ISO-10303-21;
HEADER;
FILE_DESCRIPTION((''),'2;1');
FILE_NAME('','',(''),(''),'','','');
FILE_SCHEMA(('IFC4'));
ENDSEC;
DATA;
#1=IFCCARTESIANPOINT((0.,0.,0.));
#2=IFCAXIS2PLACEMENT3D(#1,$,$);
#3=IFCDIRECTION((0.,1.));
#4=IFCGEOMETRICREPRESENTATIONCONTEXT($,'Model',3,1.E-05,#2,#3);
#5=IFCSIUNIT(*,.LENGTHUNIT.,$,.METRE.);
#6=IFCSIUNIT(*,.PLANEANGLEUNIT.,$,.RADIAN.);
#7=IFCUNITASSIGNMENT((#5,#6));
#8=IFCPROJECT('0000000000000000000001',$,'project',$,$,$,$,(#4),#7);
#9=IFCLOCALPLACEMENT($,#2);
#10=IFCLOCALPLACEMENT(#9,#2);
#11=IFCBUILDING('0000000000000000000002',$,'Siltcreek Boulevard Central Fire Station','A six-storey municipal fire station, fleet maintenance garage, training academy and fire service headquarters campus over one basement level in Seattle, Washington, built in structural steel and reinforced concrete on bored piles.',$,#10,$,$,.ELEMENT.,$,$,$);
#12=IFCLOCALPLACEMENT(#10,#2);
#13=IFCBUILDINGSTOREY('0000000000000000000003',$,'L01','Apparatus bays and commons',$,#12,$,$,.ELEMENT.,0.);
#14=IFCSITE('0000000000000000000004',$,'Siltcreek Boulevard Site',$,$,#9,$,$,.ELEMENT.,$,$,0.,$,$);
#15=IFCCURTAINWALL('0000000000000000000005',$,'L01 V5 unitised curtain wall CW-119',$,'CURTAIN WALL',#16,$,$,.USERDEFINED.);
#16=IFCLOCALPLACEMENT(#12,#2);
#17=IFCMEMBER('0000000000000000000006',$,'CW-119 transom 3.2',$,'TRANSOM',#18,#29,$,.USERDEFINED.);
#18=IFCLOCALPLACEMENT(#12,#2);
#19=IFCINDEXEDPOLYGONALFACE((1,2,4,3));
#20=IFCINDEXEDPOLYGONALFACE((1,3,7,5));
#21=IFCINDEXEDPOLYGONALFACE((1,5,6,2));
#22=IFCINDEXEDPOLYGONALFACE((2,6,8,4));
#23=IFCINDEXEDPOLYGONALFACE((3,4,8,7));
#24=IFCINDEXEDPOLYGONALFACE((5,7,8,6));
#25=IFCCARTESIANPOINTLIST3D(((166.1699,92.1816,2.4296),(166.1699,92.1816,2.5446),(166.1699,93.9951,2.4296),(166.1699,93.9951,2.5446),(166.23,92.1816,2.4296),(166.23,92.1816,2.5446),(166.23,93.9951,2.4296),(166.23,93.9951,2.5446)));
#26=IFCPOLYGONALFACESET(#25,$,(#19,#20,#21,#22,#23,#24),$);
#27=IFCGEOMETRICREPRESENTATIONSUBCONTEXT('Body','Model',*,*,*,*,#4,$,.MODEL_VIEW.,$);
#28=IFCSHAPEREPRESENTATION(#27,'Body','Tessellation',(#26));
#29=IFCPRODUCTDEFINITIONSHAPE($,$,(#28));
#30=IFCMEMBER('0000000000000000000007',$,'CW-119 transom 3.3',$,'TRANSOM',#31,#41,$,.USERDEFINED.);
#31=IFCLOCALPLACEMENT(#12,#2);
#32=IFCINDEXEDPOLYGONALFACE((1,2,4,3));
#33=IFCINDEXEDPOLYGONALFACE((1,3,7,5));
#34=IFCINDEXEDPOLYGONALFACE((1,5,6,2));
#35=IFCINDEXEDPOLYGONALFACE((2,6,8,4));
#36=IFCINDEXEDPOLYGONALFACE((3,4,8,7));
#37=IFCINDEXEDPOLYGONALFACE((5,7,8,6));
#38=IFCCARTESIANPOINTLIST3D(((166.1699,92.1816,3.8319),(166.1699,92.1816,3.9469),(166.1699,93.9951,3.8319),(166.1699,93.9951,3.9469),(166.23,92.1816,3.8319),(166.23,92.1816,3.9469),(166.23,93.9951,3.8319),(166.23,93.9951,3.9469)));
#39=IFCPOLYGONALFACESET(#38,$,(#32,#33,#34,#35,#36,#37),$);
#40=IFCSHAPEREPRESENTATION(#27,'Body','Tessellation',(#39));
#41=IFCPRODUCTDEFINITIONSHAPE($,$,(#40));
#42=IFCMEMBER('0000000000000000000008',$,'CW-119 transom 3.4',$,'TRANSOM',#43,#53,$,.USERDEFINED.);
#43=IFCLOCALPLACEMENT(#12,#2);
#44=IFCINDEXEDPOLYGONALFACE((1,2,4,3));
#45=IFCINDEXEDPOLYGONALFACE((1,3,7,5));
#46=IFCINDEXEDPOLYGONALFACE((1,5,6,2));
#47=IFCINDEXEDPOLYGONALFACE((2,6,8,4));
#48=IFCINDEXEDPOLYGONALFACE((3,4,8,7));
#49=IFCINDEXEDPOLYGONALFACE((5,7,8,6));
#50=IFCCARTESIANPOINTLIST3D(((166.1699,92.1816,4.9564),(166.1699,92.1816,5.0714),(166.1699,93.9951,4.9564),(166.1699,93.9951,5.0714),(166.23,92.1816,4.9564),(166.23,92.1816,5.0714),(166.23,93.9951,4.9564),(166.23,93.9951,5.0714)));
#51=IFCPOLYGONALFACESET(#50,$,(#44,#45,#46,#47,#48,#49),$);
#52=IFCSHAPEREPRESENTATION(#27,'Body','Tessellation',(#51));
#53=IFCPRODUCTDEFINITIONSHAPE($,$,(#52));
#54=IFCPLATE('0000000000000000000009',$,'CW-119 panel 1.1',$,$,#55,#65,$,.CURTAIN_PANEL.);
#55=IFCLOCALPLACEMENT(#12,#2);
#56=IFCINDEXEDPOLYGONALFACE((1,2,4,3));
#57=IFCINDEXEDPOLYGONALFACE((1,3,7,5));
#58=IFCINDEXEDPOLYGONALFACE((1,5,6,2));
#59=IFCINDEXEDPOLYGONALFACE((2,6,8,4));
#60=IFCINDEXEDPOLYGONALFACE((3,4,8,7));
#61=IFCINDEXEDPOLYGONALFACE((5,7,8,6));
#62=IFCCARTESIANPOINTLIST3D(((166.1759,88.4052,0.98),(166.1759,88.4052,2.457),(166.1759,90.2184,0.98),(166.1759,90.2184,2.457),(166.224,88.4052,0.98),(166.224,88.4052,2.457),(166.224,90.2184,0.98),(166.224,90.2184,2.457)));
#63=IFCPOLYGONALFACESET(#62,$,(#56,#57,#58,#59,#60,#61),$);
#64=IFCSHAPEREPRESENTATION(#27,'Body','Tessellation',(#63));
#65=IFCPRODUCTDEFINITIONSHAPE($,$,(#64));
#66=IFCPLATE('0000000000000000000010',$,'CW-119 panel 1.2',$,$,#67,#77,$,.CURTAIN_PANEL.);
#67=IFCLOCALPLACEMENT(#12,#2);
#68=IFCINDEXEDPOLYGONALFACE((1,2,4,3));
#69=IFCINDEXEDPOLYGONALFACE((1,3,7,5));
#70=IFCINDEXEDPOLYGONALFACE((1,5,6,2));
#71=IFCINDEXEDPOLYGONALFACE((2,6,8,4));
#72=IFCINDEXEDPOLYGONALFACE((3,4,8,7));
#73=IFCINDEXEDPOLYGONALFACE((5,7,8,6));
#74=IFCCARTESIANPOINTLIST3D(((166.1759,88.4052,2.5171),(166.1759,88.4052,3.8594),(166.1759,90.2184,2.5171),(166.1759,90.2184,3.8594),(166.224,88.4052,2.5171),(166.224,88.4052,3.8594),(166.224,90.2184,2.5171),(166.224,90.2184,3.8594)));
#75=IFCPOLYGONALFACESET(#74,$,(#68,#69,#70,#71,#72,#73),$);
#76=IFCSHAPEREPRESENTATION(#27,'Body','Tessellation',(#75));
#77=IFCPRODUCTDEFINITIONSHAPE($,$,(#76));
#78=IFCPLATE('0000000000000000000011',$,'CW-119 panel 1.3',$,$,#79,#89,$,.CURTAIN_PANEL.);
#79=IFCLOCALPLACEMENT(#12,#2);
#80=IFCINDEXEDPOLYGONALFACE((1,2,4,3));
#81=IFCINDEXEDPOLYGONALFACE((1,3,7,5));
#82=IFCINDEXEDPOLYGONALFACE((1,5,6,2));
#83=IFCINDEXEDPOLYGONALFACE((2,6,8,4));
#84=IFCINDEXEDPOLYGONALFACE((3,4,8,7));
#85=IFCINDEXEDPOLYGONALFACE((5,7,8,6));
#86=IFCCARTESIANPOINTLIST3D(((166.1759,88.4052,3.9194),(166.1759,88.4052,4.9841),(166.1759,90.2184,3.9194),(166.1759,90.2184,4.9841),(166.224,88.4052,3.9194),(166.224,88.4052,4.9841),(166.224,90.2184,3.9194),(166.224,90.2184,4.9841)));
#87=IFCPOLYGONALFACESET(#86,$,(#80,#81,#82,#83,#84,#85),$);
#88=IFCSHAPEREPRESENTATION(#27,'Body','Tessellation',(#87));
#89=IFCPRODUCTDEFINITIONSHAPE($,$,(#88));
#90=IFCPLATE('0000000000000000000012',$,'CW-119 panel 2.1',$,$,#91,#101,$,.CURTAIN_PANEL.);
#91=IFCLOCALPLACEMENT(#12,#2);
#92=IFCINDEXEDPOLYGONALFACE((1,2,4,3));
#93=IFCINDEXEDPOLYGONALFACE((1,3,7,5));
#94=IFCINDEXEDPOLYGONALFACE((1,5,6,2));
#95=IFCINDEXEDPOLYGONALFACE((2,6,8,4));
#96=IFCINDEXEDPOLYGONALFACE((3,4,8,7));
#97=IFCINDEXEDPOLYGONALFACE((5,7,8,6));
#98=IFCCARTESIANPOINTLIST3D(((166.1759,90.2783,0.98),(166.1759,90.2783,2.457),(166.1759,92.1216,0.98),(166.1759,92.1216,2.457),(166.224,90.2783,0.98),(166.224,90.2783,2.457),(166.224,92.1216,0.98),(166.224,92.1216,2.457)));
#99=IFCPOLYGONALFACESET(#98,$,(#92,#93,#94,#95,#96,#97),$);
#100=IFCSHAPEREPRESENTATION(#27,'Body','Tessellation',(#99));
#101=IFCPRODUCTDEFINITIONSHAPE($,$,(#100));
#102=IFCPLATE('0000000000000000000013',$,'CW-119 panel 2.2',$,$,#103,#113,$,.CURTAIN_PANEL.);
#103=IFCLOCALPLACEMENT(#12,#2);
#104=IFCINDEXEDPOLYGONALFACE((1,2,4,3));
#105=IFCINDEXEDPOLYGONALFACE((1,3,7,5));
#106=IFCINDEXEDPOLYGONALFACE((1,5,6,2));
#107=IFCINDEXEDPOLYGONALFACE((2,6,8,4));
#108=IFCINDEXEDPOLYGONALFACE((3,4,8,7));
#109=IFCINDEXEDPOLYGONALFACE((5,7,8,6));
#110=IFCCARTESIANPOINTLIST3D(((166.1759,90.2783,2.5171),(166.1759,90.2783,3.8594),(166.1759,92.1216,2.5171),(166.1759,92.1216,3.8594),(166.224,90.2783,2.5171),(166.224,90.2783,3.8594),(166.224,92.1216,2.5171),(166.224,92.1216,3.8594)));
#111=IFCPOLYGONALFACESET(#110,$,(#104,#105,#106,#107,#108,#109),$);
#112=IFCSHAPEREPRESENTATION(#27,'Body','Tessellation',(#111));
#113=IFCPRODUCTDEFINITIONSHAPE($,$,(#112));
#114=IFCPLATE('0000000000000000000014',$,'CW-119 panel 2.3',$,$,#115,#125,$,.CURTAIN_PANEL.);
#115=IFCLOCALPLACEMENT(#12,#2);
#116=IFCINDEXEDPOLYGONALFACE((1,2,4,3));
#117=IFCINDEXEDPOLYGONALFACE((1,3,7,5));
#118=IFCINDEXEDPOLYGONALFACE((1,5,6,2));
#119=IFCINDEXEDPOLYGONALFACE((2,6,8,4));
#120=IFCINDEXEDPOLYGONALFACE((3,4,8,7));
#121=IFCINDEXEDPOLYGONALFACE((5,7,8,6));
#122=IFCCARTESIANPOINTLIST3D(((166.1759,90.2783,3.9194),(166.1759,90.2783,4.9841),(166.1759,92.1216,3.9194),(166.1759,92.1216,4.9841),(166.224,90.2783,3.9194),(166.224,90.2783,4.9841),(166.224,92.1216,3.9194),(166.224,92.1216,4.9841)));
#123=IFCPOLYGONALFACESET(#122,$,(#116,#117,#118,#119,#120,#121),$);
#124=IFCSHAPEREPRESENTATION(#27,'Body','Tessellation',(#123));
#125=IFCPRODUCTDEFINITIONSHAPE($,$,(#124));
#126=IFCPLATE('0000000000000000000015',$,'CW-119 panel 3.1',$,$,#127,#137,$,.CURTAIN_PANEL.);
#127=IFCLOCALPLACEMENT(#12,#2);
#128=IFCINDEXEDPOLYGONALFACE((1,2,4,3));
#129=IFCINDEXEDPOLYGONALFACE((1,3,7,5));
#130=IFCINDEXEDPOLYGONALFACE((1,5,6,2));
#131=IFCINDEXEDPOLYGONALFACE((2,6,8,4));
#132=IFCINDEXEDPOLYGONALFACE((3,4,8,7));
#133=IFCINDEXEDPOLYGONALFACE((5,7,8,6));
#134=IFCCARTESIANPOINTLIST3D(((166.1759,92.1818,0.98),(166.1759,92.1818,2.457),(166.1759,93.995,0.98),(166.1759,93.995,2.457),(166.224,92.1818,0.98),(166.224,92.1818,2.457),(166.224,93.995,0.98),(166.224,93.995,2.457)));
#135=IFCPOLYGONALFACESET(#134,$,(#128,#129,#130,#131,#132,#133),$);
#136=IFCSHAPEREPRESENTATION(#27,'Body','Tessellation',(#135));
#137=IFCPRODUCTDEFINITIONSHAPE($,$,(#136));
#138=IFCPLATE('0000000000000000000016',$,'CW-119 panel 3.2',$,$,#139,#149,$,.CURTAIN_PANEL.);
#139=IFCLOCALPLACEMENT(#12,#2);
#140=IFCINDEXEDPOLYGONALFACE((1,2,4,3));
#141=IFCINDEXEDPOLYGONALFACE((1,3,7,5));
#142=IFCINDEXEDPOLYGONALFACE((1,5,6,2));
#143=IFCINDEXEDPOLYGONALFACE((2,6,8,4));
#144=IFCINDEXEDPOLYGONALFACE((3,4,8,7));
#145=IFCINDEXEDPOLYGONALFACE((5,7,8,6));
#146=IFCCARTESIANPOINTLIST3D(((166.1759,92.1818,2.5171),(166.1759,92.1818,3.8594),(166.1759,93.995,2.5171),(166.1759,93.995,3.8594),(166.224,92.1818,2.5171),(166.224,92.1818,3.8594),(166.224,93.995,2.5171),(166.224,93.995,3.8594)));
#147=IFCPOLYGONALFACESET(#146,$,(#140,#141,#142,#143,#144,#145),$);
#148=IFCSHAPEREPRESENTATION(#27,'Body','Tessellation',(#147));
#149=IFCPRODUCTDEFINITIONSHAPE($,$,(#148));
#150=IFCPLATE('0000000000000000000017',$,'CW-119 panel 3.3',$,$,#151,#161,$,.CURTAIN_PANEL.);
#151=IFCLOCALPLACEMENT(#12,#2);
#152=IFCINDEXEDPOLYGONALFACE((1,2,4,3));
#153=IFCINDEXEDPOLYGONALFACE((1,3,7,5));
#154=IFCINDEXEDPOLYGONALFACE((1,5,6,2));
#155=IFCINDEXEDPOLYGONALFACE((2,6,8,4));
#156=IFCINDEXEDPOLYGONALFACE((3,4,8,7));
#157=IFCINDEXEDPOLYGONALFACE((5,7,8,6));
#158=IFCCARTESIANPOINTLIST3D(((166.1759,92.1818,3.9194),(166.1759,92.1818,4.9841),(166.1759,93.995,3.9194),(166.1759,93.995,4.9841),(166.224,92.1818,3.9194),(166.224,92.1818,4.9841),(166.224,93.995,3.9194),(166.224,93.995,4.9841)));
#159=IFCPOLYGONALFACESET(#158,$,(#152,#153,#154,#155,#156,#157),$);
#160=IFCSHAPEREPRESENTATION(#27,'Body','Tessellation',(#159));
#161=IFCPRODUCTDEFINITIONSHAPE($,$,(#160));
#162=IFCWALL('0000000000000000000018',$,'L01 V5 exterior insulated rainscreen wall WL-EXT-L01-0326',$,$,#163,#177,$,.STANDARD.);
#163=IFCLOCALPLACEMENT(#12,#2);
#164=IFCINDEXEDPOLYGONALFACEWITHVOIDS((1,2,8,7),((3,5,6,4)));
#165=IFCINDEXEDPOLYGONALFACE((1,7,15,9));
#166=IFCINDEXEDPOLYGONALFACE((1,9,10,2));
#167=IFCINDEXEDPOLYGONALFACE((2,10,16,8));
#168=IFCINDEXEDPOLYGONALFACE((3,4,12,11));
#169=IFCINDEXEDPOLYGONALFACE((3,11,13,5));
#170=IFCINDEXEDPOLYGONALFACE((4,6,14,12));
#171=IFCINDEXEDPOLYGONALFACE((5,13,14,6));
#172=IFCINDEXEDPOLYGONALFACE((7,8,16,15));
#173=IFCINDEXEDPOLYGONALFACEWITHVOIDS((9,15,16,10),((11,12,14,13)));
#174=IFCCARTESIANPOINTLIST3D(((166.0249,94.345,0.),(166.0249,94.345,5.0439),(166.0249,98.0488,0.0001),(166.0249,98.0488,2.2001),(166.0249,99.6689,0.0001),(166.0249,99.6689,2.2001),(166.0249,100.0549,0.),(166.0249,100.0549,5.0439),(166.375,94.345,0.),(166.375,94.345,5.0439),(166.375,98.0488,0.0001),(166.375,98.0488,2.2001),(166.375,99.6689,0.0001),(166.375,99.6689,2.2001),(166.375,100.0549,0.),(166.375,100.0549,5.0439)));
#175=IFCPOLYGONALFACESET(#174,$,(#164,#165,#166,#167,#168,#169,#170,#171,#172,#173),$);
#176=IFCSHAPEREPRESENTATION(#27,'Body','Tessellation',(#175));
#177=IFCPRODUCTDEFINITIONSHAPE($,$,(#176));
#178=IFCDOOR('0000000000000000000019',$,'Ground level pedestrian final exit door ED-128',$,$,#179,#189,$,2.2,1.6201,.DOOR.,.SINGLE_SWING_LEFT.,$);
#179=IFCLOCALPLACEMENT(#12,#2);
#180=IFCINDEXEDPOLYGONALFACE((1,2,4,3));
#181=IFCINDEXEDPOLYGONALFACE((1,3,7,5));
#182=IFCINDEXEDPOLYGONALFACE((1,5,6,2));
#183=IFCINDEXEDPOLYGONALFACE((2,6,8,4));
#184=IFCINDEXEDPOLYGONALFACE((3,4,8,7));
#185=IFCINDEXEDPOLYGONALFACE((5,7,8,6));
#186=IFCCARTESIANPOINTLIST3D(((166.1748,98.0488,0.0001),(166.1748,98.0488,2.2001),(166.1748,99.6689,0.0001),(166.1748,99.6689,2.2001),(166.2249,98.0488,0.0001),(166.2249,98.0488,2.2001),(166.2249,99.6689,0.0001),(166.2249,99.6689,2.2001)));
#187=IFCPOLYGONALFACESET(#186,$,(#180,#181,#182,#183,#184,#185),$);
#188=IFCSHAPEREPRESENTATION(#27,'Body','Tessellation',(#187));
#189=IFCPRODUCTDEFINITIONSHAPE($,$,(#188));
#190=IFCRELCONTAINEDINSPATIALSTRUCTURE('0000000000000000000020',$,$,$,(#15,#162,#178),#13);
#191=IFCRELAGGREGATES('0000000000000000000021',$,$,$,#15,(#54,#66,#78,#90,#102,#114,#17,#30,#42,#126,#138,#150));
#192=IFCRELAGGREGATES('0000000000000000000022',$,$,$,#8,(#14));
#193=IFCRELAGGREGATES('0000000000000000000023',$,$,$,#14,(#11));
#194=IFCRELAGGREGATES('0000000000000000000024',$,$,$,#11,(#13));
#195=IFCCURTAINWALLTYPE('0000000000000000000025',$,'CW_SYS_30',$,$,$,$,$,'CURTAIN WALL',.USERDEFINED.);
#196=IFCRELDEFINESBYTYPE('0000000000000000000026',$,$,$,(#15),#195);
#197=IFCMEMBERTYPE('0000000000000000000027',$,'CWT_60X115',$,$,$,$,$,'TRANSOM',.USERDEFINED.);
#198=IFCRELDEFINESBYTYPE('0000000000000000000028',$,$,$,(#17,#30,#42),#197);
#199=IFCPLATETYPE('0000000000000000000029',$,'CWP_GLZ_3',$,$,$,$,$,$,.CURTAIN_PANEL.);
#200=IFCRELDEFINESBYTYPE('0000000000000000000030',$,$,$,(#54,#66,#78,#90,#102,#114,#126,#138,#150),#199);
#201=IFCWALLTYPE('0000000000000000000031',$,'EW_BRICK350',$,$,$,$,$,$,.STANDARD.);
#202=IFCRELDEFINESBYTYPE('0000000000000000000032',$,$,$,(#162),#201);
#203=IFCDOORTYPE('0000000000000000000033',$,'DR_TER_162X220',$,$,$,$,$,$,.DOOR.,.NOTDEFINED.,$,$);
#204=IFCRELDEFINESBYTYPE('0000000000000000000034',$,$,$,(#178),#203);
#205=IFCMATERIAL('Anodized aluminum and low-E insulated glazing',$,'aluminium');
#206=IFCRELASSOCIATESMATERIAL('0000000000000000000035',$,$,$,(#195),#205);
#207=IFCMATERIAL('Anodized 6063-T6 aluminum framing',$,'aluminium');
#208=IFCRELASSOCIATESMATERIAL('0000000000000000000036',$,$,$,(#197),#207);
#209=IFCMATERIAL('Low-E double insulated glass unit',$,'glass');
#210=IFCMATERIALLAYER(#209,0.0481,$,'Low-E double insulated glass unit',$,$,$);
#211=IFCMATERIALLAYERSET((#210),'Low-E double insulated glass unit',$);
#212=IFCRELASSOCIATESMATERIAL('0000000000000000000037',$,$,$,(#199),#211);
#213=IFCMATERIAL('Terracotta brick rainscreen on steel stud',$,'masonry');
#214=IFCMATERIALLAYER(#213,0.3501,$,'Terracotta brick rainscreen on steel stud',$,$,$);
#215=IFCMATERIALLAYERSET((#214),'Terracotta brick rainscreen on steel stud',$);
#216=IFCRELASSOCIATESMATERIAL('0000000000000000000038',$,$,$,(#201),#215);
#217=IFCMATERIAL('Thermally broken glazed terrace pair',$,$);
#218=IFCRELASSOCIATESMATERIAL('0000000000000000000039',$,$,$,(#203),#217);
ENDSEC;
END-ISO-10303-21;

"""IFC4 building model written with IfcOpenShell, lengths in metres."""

from ifc_helpers import new_model, si_unit, direction, frame, frame_2d, origin, origin_2d, place, context, subcontext, project, spatial, rectangle, extrude, material, layer, layer_set, material_profile, profile_set, type_object, element, fill, aggregate, save


model = new_model("IFC4")

# Units and contexts
model_context = context("Model", 3, precision=1e-05, world=origin(), true_north=direction((0.0, 1.0)))
body_context = subcontext(model_context, "Body", "Model", "MODEL_VIEW")
ifc_project = project(units=[si_unit("LENGTHUNIT", "METRE"), si_unit("PLANEANGLEUNIT", "RADIAN")], contexts=[model_context])

# Site, building, storey
site_placement = place(None, origin())
site = spatial("IfcSite", under=ifc_project, at=site_placement, Name="Siltcreek Boulevard Site", CompositionType="ELEMENT", RefElevation=0.0)
building_placement = place(site_placement, origin())
building = spatial("IfcBuilding", under=site, at=building_placement, Name="Siltcreek Boulevard Central Fire Station", Description="A six-storey municipal fire station, fleet maintenance garage, training academy and fire service headquarters campus over one basement level in Seattle, Washington, built in structural steel and reinforced concrete on bored piles.", CompositionType="ELEMENT")
storey_placement = place(building_placement, origin())
storey = spatial("IfcBuildingStorey", under=building, at=storey_placement, Name="L01", Description="Apparatus bays and commons", CompositionType="ELEMENT", Elevation=0.0)

# Curtain wall, members, plates
ifc_material_1 = material(Name="Anodized aluminum and low-E insulated glazing", Category="aluminium")
curtain_wall_type = type_object("IfcCurtainWallType", Name="CW_SYS_30", ElementType="CURTAIN WALL", PredefinedType="USERDEFINED", material=ifc_material_1)
curtain_wall_placement = place(storey_placement, origin())
curtain_wall = element("IfcCurtainWall", 1, at=curtain_wall_placement, inside=storey, type_object=curtain_wall_type, Name="L01 V5 unitised curtain wall CW-119", ObjectType="CURTAIN WALL", PredefinedType="USERDEFINED")
ifc_material_2 = material(Name="Anodized 6063-T6 aluminum framing", Category="aluminium")
ifc_material_profile_1 = material_profile(ifc_material_2, rectangle(XDim=0.0601, YDim=0.115, at=origin_2d()), Name="TRAN60X115")
ifc_profile_set_1 = profile_set([ifc_material_profile_1], Name="Anodized 6063-T6 aluminum framing")
member_type_1 = type_object("IfcMemberType", Name="CWT_60X115", ElementType="TRANSOM", PredefinedType="USERDEFINED", material=ifc_profile_set_1)
member_1_placement = place(storey_placement, frame((166.2, 92.1816, 2.4871), z_axis=(0.0, 1.0, 0.0), x_axis=(-1.0, 0.0, 0.0)))
member_1 = element("IfcMember", 2, at=member_1_placement, type_object=member_type_1, Name="CW-119 transom 3.2", ObjectType="TRANSOM", PredefinedType="USERDEFINED", context=body_context, shape_type="SweptSolid", body=[
    extrude(rectangle(XDim=0.0601, YDim=0.115, at=origin_2d()), origin(), (0.0, 0.0, 1.0), 1.8135),
])
member_2_placement = place(storey_placement, frame((166.2, 92.1816, 3.8894), z_axis=(0.0, 1.0, 0.0), x_axis=(-1.0, 0.0, 0.0)))
member_2 = element("IfcMember", 3, at=member_2_placement, type_object=member_type_1, Name="CW-119 transom 3.3", ObjectType="TRANSOM", PredefinedType="USERDEFINED", context=body_context, shape_type="SweptSolid", body=[
    extrude(rectangle(XDim=0.0601, YDim=0.115, at=origin_2d()), origin(), (0.0, 0.0, 1.0), 1.8135),
])
member_3_placement = place(storey_placement, frame((166.2, 92.1816, 5.0139), z_axis=(0.0, 1.0, 0.0), x_axis=(-1.0, 0.0, 0.0)))
member_3 = element("IfcMember", 4, at=member_3_placement, type_object=member_type_1, Name="CW-119 transom 3.4", ObjectType="TRANSOM", PredefinedType="USERDEFINED", context=body_context, shape_type="SweptSolid", body=[
    extrude(rectangle(XDim=0.0601, YDim=0.115, at=origin_2d()), origin(), (0.0, 0.0, 1.0), 1.8135),
])
ifc_material_3 = material(Name="Low-E double insulated glass unit", Category="glass")
ifc_layer_1 = layer(ifc_material_3, 0.0481, Name="Low-E double insulated glass unit")
ifc_layer_set_1 = layer_set([ifc_layer_1], Name="Low-E double insulated glass unit")
plate_type = type_object("IfcPlateType", Name="CWP_GLZ_3", PredefinedType="CURTAIN_PANEL", material=ifc_layer_set_1)
plate_1_placement = place(storey_placement, frame((166.2, 89.3118, 0.98), z_axis=(0.0, 0.0, 1.0), x_axis=(0.0, 1.0, 0.0)))
plate_1 = element("IfcPlate", 5, at=plate_1_placement, type_object=plate_type, Name="CW-119 panel 1.1", PredefinedType="CURTAIN_PANEL", context=body_context, shape_type="SweptSolid", body=[
    extrude(rectangle(XDim=1.8132, YDim=0.0481, at=origin_2d()), origin(), (0.0, 0.0, 1.0), 1.4771),
])
plate_2_placement = place(storey_placement, frame((166.2, 89.3118, 2.5171), z_axis=(0.0, 0.0, 1.0), x_axis=(0.0, 1.0, 0.0)))
plate_2 = element("IfcPlate", 6, at=plate_2_placement, type_object=plate_type, Name="CW-119 panel 1.2", PredefinedType="CURTAIN_PANEL", context=body_context, shape_type="SweptSolid", body=[
    extrude(rectangle(XDim=1.8132, YDim=0.0481, at=origin_2d()), origin(), (0.0, 0.0, 1.0), 1.3423),
])
plate_3_placement = place(storey_placement, frame((166.2, 89.3118, 3.9194), z_axis=(0.0, 0.0, 1.0), x_axis=(0.0, 1.0, 0.0)))
plate_3 = element("IfcPlate", 7, at=plate_3_placement, type_object=plate_type, Name="CW-119 panel 1.3", PredefinedType="CURTAIN_PANEL", context=body_context, shape_type="SweptSolid", body=[
    extrude(rectangle(XDim=1.8132, YDim=0.0481, at=origin_2d()), origin(), (0.0, 0.0, 1.0), 1.0647),
])
plate_4_placement = place(storey_placement, frame((166.2, 91.2, 0.98), z_axis=(0.0, 0.0, 1.0), x_axis=(0.0, 1.0, 0.0)))
plate_4 = element("IfcPlate", 8, at=plate_4_placement, type_object=plate_type, Name="CW-119 panel 2.1", PredefinedType="CURTAIN_PANEL", context=body_context, shape_type="SweptSolid", body=[
    extrude(rectangle(XDim=1.8433, YDim=0.0481, at=origin_2d()), origin(), (0.0, 0.0, 1.0), 1.4771),
])
plate_5_placement = place(storey_placement, frame((166.2, 91.2, 2.5171), z_axis=(0.0, 0.0, 1.0), x_axis=(0.0, 1.0, 0.0)))
plate_5 = element("IfcPlate", 9, at=plate_5_placement, type_object=plate_type, Name="CW-119 panel 2.2", PredefinedType="CURTAIN_PANEL", context=body_context, shape_type="SweptSolid", body=[
    extrude(rectangle(XDim=1.8433, YDim=0.0481, at=origin_2d()), origin(), (0.0, 0.0, 1.0), 1.3423),
])
plate_6_placement = place(storey_placement, frame((166.2, 91.2, 3.9194), z_axis=(0.0, 0.0, 1.0), x_axis=(0.0, 1.0, 0.0)))
plate_6 = element("IfcPlate", 10, at=plate_6_placement, type_object=plate_type, Name="CW-119 panel 2.3", PredefinedType="CURTAIN_PANEL", context=body_context, shape_type="SweptSolid", body=[
    extrude(rectangle(XDim=1.8433, YDim=0.0481, at=origin_2d()), origin(), (0.0, 0.0, 1.0), 1.0647),
])
plate_7_placement = place(storey_placement, frame((166.2, 93.0884, 0.98), z_axis=(0.0, 0.0, 1.0), x_axis=(0.0, 1.0, 0.0)))
plate_7 = element("IfcPlate", 11, at=plate_7_placement, type_object=plate_type, Name="CW-119 panel 3.1", PredefinedType="CURTAIN_PANEL", context=body_context, shape_type="SweptSolid", body=[
    extrude(rectangle(XDim=1.8132, YDim=0.0481, at=origin_2d()), origin(), (0.0, 0.0, 1.0), 1.4771),
])
plate_8_placement = place(storey_placement, frame((166.2, 93.0884, 2.5171), z_axis=(0.0, 0.0, 1.0), x_axis=(0.0, 1.0, 0.0)))
plate_8 = element("IfcPlate", 12, at=plate_8_placement, type_object=plate_type, Name="CW-119 panel 3.2", PredefinedType="CURTAIN_PANEL", context=body_context, shape_type="SweptSolid", body=[
    extrude(rectangle(XDim=1.8132, YDim=0.0481, at=origin_2d()), origin(), (0.0, 0.0, 1.0), 1.3423),
])
plate_9_placement = place(storey_placement, frame((166.2, 93.0884, 3.9194), z_axis=(0.0, 0.0, 1.0), x_axis=(0.0, 1.0, 0.0)))
plate_9 = element("IfcPlate", 13, at=plate_9_placement, type_object=plate_type, Name="CW-119 panel 3.3", PredefinedType="CURTAIN_PANEL", context=body_context, shape_type="SweptSolid", body=[
    extrude(rectangle(XDim=1.8132, YDim=0.0481, at=origin_2d()), origin(), (0.0, 0.0, 1.0), 1.0647),
])
aggregate(curtain_wall, [plate_1, plate_2, plate_3, plate_4, plate_5, plate_6, member_1, member_2, member_3, plate_7, plate_8, plate_9])

# Wall, opening, door
ifc_material_4 = material(Name="Terracotta brick rainscreen on steel stud", Category="masonry")
ifc_layer_2 = layer(ifc_material_4, 0.3501, Name="Terracotta brick rainscreen on steel stud")
ifc_layer_set_2 = layer_set([ifc_layer_2], Name="Terracotta brick rainscreen on steel stud")
wall_type_1 = type_object("IfcWallType", Name="EW_BRICK350", PredefinedType="STANDARD", material=ifc_layer_set_2)
wall_1_placement = place(storey_placement, frame((166.2, 94.345, 0.0), z_axis=(0.0, 0.0, 1.0), x_axis=(0.0, 1.0, 0.0)))
wall_1 = element("IfcWall", 14, at=wall_1_placement, inside=storey, type_object=wall_type_1, Name="L01 V5 exterior insulated rainscreen wall WL-EXT-L01-0326", PredefinedType="STANDARD", context=body_context, shape_type="SweptSolid", body=[
    extrude(rectangle(XDim=5.71, YDim=0.3501, at=frame_2d((2.855, 0.0))), origin(), (0.0, 0.0, 1.0), 5.0439),
])
opening_placement = place(wall_1_placement, frame((3.7039, 0.0, 0.0)))
opening = element("IfcOpeningElement", 15, at=opening_placement, cuts=wall_1, PredefinedType="OPENING", context=body_context, shape_type="SweptSolid", body=[
    extrude(rectangle(XDim=1.6201, YDim=2.2, at=frame_2d((0.8101, 1.1001))), frame((0.0, 0.1851, 0.0), z_axis=(0.0, -1.0, 0.0), x_axis=(1.0, 0.0, 0.0)), (0.0, 0.0, 1.0), 0.3701),
])
ifc_material_5 = material(Name="Thermally broken glazed terrace pair")
door_type = type_object("IfcDoorType", Name="DR_TER_162X220", OperationType="NOTDEFINED", PredefinedType="DOOR", material=ifc_material_5)
door_placement = place(opening_placement, frame((1.6201, 0.0, 0.0), z_axis=(0.0, 0.0, 1.0), x_axis=(-1.0, 0.0, 0.0)))
door = element("IfcDoor", 16, at=door_placement, inside=storey, type_object=door_type, Name="Ground level pedestrian final exit door ED-128", OperationType="SINGLE_SWING_LEFT", OverallHeight=2.2, OverallWidth=1.6201, PredefinedType="DOOR", context=body_context, shape_type="SweptSolid", body=[
    extrude(rectangle(XDim=1.6201, YDim=2.2, at=frame_2d((0.8101, 1.1001))), frame((0.0, 0.0249, 0.0), z_axis=(0.0, -1.0, 0.0), x_axis=(1.0, 0.0, 0.0)), (0.0, 0.0, 1.0), 0.05),
])
fill(opening, door)

save(model, "model.ifc")
